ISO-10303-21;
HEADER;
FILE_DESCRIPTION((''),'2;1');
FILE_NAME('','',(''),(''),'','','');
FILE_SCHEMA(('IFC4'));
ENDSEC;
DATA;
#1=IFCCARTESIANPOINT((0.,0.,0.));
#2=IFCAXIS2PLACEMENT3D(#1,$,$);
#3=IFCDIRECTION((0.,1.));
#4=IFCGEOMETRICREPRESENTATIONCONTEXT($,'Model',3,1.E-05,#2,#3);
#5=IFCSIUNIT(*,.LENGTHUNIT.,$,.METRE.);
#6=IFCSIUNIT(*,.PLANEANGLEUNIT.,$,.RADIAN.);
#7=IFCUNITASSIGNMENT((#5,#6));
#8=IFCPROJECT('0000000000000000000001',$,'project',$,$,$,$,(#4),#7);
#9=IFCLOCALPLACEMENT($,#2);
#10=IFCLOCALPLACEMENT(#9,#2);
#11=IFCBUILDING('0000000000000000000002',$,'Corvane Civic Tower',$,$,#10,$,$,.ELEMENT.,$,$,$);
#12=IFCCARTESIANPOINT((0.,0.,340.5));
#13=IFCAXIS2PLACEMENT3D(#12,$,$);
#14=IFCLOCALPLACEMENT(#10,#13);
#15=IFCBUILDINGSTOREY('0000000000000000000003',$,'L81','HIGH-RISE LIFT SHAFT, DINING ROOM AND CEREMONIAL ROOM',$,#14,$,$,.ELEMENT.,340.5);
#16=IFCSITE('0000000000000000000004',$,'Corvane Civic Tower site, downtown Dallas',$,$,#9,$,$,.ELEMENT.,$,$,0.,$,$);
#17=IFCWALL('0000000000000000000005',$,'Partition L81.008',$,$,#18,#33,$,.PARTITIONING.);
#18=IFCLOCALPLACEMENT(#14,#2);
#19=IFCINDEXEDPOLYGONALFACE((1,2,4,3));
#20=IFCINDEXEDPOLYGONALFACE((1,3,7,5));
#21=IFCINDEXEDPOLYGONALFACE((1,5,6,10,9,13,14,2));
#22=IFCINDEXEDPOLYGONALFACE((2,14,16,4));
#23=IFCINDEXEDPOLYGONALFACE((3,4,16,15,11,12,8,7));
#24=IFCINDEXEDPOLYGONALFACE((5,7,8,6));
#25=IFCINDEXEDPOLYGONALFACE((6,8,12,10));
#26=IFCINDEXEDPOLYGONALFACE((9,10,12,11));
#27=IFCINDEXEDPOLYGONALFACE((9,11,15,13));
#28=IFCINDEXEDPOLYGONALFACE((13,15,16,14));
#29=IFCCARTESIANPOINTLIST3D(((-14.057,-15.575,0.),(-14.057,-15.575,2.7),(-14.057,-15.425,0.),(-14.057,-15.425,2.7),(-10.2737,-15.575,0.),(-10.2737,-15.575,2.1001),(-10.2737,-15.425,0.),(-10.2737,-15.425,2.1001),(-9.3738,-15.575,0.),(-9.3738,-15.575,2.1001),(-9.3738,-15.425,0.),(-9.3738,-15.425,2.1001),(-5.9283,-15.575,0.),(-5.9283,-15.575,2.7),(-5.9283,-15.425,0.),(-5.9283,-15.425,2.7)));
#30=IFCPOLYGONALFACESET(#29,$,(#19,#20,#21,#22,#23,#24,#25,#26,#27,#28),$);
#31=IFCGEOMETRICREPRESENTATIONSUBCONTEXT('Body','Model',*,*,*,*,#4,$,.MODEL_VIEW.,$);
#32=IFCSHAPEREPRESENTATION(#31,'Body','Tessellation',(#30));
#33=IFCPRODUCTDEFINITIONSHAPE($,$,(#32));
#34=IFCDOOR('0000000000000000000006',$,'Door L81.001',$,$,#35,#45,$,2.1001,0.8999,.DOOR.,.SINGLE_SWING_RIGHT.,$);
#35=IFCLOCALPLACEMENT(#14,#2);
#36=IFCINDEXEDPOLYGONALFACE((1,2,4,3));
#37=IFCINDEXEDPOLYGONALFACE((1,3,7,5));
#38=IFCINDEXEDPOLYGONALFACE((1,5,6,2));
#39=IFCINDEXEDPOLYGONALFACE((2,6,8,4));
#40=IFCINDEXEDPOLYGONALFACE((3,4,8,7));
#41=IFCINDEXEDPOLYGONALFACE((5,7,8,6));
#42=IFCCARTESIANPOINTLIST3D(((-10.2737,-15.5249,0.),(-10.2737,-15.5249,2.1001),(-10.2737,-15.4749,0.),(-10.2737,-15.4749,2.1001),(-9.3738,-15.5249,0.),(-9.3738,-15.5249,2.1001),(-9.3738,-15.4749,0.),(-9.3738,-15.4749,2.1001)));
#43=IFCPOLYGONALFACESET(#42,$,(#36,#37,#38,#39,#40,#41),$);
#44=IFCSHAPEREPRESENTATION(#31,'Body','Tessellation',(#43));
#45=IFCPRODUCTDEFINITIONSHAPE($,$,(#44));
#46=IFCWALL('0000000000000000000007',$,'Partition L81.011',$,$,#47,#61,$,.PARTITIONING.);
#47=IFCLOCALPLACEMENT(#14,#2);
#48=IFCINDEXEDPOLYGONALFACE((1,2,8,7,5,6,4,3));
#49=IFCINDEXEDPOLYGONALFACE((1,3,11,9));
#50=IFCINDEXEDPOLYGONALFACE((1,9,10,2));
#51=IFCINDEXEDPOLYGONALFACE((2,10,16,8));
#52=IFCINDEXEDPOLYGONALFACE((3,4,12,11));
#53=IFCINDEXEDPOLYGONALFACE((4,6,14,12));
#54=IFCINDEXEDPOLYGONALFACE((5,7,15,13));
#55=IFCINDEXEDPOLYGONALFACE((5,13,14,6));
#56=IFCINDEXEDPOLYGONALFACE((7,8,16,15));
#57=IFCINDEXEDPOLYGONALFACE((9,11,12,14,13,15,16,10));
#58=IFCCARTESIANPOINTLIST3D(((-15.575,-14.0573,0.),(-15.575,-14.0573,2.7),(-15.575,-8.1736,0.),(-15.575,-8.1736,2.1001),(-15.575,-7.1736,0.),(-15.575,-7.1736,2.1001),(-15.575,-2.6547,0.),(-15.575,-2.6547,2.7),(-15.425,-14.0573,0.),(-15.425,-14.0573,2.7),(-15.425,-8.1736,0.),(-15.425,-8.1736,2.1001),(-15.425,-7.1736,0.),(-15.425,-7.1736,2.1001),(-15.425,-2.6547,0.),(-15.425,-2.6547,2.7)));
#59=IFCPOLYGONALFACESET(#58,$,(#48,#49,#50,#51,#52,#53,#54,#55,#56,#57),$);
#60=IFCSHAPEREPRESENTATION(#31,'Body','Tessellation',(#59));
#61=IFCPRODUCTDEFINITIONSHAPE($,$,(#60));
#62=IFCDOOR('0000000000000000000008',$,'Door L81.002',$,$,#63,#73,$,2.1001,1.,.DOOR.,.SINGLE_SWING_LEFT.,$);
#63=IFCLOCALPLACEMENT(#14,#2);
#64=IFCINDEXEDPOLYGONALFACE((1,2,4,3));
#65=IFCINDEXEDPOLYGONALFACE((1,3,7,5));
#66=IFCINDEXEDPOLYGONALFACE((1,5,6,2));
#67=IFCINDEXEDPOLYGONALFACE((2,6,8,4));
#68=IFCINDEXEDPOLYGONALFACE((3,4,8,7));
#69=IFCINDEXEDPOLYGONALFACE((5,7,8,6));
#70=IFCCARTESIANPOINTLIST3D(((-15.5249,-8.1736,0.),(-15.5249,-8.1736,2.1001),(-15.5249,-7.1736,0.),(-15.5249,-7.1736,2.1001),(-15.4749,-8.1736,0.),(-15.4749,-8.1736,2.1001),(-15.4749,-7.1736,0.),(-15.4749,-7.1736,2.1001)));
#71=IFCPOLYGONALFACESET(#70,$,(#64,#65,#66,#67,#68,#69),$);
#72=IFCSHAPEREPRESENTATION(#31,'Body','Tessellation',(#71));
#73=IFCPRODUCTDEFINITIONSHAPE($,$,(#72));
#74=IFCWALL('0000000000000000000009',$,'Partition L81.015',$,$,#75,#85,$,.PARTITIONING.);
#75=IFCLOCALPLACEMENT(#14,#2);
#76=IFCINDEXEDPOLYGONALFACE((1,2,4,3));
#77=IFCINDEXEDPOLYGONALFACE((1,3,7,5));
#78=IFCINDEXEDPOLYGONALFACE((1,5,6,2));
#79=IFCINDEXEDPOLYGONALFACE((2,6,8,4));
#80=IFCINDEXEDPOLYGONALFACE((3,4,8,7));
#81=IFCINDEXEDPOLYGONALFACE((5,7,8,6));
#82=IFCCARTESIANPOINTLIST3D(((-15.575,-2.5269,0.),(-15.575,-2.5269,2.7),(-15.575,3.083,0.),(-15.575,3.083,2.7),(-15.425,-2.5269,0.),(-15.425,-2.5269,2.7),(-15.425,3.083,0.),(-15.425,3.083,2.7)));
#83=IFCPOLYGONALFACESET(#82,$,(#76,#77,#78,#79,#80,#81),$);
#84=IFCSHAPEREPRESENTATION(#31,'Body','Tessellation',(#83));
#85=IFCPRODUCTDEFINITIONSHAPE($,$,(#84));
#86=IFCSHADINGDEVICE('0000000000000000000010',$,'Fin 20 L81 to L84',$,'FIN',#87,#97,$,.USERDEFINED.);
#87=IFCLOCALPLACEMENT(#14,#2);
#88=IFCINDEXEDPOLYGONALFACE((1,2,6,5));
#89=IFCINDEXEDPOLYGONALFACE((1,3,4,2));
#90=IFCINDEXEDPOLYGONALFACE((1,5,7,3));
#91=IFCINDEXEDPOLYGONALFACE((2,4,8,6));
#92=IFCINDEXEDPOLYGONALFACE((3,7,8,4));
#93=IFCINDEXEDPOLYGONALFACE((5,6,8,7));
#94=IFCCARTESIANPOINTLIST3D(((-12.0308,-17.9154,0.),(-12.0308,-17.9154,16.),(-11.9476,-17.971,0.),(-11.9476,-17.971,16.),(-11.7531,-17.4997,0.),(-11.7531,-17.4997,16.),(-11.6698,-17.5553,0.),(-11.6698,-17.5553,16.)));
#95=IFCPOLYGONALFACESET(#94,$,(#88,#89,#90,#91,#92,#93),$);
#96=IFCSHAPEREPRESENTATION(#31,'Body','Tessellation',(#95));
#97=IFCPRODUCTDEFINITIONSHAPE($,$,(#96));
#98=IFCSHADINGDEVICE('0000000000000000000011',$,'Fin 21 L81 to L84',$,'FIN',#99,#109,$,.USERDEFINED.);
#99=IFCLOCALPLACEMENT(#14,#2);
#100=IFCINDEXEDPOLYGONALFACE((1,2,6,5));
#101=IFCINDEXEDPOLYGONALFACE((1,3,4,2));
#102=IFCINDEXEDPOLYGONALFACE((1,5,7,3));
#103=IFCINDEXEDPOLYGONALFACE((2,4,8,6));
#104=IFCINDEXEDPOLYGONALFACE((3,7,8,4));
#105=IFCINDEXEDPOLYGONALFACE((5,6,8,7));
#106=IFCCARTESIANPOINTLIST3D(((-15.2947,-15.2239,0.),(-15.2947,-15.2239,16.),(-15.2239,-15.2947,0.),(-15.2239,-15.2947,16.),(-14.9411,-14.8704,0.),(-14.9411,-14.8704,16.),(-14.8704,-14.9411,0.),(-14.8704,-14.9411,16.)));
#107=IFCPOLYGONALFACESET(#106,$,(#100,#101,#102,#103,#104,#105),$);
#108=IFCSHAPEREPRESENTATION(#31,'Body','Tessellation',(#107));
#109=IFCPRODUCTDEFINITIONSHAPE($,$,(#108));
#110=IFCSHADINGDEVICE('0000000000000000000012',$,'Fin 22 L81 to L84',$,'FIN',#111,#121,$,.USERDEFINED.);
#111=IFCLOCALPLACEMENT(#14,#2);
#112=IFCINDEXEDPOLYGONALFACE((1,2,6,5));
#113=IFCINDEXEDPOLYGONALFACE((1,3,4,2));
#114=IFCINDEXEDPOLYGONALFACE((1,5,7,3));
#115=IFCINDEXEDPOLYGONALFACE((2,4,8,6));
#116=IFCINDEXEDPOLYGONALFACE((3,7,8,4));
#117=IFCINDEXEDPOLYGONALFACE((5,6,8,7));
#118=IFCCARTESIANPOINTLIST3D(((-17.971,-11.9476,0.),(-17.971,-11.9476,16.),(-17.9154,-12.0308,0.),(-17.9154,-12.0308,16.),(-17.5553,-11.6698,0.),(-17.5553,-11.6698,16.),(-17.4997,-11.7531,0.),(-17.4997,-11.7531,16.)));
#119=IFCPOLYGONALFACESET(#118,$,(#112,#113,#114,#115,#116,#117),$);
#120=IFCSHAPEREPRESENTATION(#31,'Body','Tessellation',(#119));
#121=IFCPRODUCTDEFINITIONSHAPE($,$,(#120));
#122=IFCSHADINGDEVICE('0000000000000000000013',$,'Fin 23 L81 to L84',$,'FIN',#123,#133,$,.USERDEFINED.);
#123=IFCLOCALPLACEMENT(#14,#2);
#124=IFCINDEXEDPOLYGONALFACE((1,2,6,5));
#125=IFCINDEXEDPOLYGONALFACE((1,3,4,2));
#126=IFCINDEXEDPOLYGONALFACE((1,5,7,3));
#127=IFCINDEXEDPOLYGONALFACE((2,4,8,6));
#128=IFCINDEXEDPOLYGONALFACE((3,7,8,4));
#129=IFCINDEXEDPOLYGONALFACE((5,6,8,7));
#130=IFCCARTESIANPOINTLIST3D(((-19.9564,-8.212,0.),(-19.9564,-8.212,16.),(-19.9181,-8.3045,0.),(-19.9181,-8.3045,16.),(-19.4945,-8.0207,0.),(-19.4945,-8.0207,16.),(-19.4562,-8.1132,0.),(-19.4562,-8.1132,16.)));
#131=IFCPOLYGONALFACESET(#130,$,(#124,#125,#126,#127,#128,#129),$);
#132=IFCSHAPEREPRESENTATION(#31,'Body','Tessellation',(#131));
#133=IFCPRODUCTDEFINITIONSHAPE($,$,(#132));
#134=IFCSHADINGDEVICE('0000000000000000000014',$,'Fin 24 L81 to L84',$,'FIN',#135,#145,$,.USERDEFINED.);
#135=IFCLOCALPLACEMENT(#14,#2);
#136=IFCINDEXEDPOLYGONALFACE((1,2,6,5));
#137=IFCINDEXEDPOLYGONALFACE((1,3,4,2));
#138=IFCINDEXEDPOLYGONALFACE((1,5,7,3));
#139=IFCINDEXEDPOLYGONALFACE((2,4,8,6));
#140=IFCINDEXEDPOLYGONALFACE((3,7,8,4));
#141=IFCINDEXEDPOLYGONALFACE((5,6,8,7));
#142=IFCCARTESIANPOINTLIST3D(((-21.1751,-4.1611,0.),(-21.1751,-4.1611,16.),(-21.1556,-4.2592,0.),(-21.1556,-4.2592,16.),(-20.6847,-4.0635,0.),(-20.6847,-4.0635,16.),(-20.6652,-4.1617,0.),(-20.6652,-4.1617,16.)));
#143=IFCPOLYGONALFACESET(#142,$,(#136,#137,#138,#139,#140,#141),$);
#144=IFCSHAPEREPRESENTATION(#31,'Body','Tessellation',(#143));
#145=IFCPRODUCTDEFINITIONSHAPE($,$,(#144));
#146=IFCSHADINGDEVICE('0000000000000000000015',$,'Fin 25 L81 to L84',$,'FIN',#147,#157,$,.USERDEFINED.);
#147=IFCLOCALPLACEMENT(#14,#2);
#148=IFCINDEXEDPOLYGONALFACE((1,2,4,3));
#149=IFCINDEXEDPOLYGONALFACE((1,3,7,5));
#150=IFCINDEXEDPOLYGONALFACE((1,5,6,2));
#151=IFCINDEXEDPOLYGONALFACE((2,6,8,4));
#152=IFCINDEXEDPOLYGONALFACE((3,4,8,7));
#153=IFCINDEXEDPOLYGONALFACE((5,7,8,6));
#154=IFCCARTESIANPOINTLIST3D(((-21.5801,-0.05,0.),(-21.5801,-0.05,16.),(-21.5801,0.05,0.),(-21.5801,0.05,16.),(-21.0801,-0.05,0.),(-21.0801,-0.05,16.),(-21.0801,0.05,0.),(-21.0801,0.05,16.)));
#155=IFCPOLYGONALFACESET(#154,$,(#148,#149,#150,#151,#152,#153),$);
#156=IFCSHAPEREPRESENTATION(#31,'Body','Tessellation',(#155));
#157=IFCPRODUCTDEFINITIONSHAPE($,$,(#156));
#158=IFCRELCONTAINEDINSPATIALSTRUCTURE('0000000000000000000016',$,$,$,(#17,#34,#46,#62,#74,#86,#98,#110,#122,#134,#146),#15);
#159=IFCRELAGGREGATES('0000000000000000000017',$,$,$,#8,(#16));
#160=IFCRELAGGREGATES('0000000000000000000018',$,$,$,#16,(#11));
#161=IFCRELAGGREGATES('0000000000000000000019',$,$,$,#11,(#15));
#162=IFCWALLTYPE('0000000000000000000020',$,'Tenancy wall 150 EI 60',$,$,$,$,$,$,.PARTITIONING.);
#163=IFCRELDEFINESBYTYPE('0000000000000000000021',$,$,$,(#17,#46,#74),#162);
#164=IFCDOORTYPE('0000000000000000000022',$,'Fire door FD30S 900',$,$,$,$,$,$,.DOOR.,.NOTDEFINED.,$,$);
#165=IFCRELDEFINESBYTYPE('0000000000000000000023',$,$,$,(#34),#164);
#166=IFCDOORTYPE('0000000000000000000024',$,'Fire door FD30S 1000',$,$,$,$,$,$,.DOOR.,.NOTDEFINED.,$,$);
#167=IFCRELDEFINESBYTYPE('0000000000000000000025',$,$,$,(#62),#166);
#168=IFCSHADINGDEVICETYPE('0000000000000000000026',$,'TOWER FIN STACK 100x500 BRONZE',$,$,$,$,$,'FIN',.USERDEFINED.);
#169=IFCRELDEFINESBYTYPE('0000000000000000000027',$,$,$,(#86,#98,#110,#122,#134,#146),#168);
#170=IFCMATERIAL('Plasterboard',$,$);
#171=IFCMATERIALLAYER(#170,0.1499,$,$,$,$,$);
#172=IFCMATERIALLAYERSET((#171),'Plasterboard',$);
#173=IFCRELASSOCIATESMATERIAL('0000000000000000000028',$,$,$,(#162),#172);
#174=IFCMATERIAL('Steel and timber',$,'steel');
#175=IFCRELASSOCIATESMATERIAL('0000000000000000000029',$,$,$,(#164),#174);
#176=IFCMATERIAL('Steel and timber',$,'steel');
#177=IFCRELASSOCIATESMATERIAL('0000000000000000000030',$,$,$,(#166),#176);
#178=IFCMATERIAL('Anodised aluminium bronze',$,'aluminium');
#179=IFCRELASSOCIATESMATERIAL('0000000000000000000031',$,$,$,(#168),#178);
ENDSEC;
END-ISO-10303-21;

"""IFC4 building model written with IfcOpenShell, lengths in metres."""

from ifc_helpers import new_model, si_unit, direction, frame, frame_2d, origin, origin_2d, place, context, subcontext, project, spatial, rectangle, extrude, material, layer, layer_set, material_profile, profile_set, type_object, element, fill, save


model = new_model("IFC4")

# Units and contexts
model_context = context("Model", 3, precision=1e-05, world=origin(), true_north=direction((0.0, 1.0)))
body_context = subcontext(model_context, "Body", "Model", "MODEL_VIEW")
ifc_project = project(units=[si_unit("LENGTHUNIT", "METRE"), si_unit("PLANEANGLEUNIT", "RADIAN")], contexts=[model_context])

# Site, building, storey
site_placement = place(None, origin())
site = spatial("IfcSite", under=ifc_project, at=site_placement, Name="Corvane Civic Tower site, downtown Dallas", CompositionType="ELEMENT", RefElevation=0.0)
building_placement = place(site_placement, origin())
building = spatial("IfcBuilding", under=site, at=building_placement, Name="Corvane Civic Tower", CompositionType="ELEMENT")
storey_placement = place(building_placement, frame((0.0, 0.0, 340.5)))
storey = spatial("IfcBuildingStorey", under=building, at=storey_placement, Name="L81", Description="HIGH-RISE LIFT SHAFT, DINING ROOM AND CEREMONIAL ROOM", CompositionType="ELEMENT", Elevation=340.5)

# Walls, openings, doors
ifc_material_1 = material(Name="Plasterboard")
ifc_layer_1 = layer(ifc_material_1, 0.1499)
ifc_layer_set_1 = layer_set([ifc_layer_1], Name="Plasterboard")
wall_type_1 = type_object("IfcWallType", Name="Tenancy wall 150 EI 60", PredefinedType="PARTITIONING", material=ifc_layer_set_1)
wall_1_placement = place(storey_placement, frame((-14.0571, -15.5, 0.0), z_axis=(0.0, 0.0, 1.0), x_axis=(1.0, 0.0, 0.0)))
wall_1 = element("IfcWall", 1, at=wall_1_placement, inside=storey, type_object=wall_type_1, Name="Partition L81.008", PredefinedType="PARTITIONING", context=body_context, shape_type="SweptSolid", body=[
    extrude(rectangle(XDim=8.1287, YDim=0.1499, at=frame_2d((4.0645, 0.0))), origin(), (0.0, 0.0, 1.0), 2.7),
])
opening_1_placement = place(wall_1_placement, frame((3.7834, 0.0, 0.0)))
opening_1 = element("IfcOpeningElement", 2, at=opening_1_placement, cuts=wall_1, PredefinedType="OPENING", context=body_context, shape_type="SweptSolid", body=[
    extrude(rectangle(XDim=0.8999, YDim=2.1001, at=frame_2d((0.45, 1.05))), frame((0.0, 0.085, 0.0), z_axis=(0.0, -1.0, 0.0), x_axis=(1.0, 0.0, 0.0)), (0.0, 0.0, 1.0), 0.1699),
])
ifc_material_2 = material(Name="Steel and timber", Category="steel")
door_type_1 = type_object("IfcDoorType", Name="Fire door FD30S 900", OperationType="NOTDEFINED", PredefinedType="DOOR", material=ifc_material_2)
door_1_placement = place(opening_1_placement, frame((0.8999, 0.0, 0.0), z_axis=(0.0, 0.0, 1.0), x_axis=(-1.0, 0.0, 0.0)))
door_1 = element("IfcDoor", 3, at=door_1_placement, inside=storey, type_object=door_type_1, Name="Door L81.001", OperationType="SINGLE_SWING_RIGHT", OverallHeight=2.1001, OverallWidth=0.8999, PredefinedType="DOOR", context=body_context, shape_type="SweptSolid", body=[
    extrude(rectangle(XDim=0.8999, YDim=2.1001, at=frame_2d((0.45, 1.05))), frame((0.0, 0.0249, 0.0), z_axis=(0.0, -1.0, 0.0), x_axis=(1.0, 0.0, 0.0)), (0.0, 0.0, 1.0), 0.05),
])
fill(opening_1, door_1)
wall_2_placement = place(storey_placement, frame((-15.5, -14.0571, 0.0), z_axis=(0.0, 0.0, 1.0), x_axis=(0.0, 1.0, 0.0)))
wall_2 = element("IfcWall", 4, at=wall_2_placement, inside=storey, type_object=wall_type_1, Name="Partition L81.011", PredefinedType="PARTITIONING", context=body_context, shape_type="SweptSolid", body=[
    extrude(rectangle(XDim=11.4026, YDim=0.1499, at=frame_2d((5.7012, 0.0))), origin(), (0.0, 0.0, 1.0), 2.7),
])
opening_2_placement = place(wall_2_placement, frame((5.8835, 0.0, 0.0)))
opening_2 = element("IfcOpeningElement", 5, at=opening_2_placement, cuts=wall_2, PredefinedType="OPENING", context=body_context, shape_type="SweptSolid", body=[
    extrude(rectangle(XDim=1.0, YDim=2.1001, at=frame_2d((0.5, 1.05))), frame((0.0, 0.085, 0.0), z_axis=(0.0, -1.0, 0.0), x_axis=(1.0, 0.0, 0.0)), (0.0, 0.0, 1.0), 0.1699),
])
ifc_material_3 = material(Name="Steel and timber", Category="steel")
door_type_2 = type_object("IfcDoorType", Name="Fire door FD30S 1000", OperationType="NOTDEFINED", PredefinedType="DOOR", material=ifc_material_3)
door_2_placement = place(opening_2_placement, origin())
door_2 = element("IfcDoor", 6, at=door_2_placement, inside=storey, type_object=door_type_2, Name="Door L81.002", OperationType="SINGLE_SWING_LEFT", OverallHeight=2.1001, OverallWidth=1.0, PredefinedType="DOOR", context=body_context, shape_type="SweptSolid", body=[
    extrude(rectangle(XDim=1.0, YDim=2.1001, at=frame_2d((0.5, 1.05))), frame((0.0, 0.0249, 0.0), z_axis=(0.0, -1.0, 0.0), x_axis=(1.0, 0.0, 0.0)), (0.0, 0.0, 1.0), 0.05),
])
fill(opening_2, door_2)

# Wall
wall_3_placement = place(storey_placement, frame((-15.5, -2.5269, 0.0), z_axis=(0.0, 0.0, 1.0), x_axis=(0.0, 1.0, 0.0)))
element("IfcWall", 7, at=wall_3_placement, inside=storey, type_object=wall_type_1, Name="Partition L81.015", PredefinedType="PARTITIONING", context=body_context, shape_type="SweptSolid", body=[
    extrude(rectangle(XDim=5.6099, YDim=0.1499, at=frame_2d((2.8049, 0.0))), origin(), (0.0, 0.0, 1.0), 2.7),
])

# Shading devices
ifc_material_4 = material(Name="Anodised aluminium bronze", Category="aluminium")
ifc_material_profile_1 = material_profile(ifc_material_4, rectangle(XDim=0.1001, YDim=0.5, at=origin_2d()), Name="TOWER FIN STACK 100x500 BRONZE")
ifc_profile_set_1 = profile_set([ifc_material_profile_1], Name="Anodised aluminium bronze")
shading_device_type = type_object("IfcShadingDeviceType", Name="TOWER FIN STACK 100x500 BRONZE", ElementType="FIN", PredefinedType="USERDEFINED", material=ifc_profile_set_1)
for number, where, z_axis, x_axis, name in (
    (8, (-11.8503, -17.7354, 0.0), (0.0, 0.0, 1.0), (-0.83147, 0.55557, 0.0), "Fin 20 L81 to L84"),
    (9, (-15.0825, -15.0825, 0.0), (0.0, 0.0, 1.0), (-0.707107, 0.707107, 0.0), "Fin 21 L81 to L84"),
    (10, (-17.7354, -11.8503, 0.0), (0.0, 0.0, 1.0), (-0.55557, 0.83147, 0.0), "Fin 22 L81 to L84"),
    (11, (-19.7063, -8.1626, 0.0), (0.0, 0.0, 1.0), (-0.382683, 0.92388, 0.0), "Fin 23 L81 to L84"),
    (12, (-20.9202, -4.1614, 0.0), (0.0, 0.0, 1.0), (-0.19509, 0.980785, 0.0), "Fin 24 L81 to L84"),
    (13, (-21.3301, 0.0, 0.0), (0.0, 0.0, 1.0), (0.0, 1.0, 0.0), "Fin 25 L81 to L84"),
):
    element("IfcShadingDevice", number, at=place(storey_placement, frame(where, z_axis=z_axis, x_axis=x_axis)), inside=storey, type_object=shading_device_type, Name=name, ObjectType="FIN", PredefinedType="USERDEFINED", context=body_context, shape_type="SweptSolid", body=[
        extrude(rectangle(XDim=0.1001, YDim=0.5, at=origin_2d()), origin(), (0.0, 0.0, 1.0), 16.0),
    ])

save(model, "model.ifc")
